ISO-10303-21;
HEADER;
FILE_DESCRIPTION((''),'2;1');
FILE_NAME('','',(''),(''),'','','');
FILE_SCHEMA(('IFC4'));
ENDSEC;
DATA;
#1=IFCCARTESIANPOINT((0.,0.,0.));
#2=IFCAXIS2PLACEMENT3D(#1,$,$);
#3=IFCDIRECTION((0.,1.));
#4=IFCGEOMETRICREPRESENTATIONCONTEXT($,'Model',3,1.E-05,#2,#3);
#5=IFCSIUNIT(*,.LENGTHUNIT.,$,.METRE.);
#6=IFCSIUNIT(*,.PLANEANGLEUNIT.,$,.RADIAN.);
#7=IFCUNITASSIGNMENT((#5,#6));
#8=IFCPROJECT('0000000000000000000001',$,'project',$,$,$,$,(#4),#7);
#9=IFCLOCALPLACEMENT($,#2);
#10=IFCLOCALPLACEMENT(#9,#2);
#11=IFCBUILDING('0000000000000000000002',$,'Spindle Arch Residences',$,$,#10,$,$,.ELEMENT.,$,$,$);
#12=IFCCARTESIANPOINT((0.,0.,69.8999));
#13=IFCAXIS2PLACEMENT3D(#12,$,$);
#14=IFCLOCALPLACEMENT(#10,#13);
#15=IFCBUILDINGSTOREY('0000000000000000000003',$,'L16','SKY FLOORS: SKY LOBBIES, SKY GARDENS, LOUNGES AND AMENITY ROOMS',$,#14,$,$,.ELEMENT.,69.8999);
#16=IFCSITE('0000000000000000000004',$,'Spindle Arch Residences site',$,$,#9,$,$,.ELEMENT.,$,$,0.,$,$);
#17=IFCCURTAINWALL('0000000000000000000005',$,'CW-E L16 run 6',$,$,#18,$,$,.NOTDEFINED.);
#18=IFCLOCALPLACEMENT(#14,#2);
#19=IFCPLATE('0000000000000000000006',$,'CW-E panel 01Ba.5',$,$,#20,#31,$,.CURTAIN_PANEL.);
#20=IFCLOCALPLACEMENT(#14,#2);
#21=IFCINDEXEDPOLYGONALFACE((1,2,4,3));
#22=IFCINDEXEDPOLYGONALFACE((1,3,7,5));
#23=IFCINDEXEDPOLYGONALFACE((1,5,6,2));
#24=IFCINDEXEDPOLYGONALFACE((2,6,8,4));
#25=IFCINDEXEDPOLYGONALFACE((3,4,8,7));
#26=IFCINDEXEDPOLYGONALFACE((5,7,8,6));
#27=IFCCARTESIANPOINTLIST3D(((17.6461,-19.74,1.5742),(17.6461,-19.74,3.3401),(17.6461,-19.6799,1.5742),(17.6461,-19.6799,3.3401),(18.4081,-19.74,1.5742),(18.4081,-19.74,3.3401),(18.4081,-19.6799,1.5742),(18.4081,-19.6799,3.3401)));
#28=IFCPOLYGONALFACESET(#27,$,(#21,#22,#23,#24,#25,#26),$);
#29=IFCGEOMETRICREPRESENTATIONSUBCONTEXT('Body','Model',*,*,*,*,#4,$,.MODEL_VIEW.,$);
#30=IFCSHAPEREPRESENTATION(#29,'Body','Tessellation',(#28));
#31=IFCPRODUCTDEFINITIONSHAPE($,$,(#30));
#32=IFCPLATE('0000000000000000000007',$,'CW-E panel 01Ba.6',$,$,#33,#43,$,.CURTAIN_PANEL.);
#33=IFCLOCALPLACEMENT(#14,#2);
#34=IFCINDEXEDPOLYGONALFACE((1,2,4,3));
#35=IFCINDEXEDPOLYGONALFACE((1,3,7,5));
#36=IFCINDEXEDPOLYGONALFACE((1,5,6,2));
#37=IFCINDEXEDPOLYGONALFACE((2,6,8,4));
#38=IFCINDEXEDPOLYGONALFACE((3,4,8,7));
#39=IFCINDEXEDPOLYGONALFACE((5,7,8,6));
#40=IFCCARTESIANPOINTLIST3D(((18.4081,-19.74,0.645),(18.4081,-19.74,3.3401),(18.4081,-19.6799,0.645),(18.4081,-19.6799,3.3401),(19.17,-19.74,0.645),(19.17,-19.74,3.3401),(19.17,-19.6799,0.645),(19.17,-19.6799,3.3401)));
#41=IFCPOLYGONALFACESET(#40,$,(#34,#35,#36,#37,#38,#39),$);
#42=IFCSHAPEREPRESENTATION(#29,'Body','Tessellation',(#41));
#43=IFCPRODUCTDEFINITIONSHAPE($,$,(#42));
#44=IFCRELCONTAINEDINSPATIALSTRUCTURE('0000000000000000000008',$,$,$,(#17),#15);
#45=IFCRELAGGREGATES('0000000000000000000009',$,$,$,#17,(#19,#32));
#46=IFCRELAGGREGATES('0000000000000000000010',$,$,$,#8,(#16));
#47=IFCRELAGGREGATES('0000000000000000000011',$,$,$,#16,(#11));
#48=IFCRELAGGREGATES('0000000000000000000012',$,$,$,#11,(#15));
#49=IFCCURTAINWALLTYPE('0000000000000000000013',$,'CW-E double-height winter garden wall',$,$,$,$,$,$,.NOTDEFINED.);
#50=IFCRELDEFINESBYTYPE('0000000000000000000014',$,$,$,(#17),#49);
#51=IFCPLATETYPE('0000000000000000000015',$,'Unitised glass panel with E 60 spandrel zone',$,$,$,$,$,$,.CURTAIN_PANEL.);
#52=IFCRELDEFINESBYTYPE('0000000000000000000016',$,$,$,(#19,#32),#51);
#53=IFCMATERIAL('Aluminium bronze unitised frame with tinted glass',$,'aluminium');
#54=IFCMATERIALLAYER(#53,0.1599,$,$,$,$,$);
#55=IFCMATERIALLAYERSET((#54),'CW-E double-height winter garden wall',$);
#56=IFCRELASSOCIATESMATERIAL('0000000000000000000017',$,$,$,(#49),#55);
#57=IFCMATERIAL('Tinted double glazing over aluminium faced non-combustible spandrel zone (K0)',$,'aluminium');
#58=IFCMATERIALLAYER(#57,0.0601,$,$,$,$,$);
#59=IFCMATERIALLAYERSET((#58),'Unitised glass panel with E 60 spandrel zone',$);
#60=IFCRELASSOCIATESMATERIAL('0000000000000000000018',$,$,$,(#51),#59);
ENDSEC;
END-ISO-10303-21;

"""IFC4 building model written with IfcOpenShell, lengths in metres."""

from ifc_helpers import new_model, si_unit, direction, frame, origin, origin_2d, place, context, subcontext, project, spatial, rectangle, extrude, material, layer, layer_set, type_object, element, aggregate, save


model = new_model("IFC4")

# Units and contexts
model_context = context("Model", 3, precision=1e-05, world=origin(), true_north=direction((0.0, 1.0)))
body_context = subcontext(model_context, "Body", "Model", "MODEL_VIEW")
ifc_project = project(units=[si_unit("LENGTHUNIT", "METRE"), si_unit("PLANEANGLEUNIT", "RADIAN")], contexts=[model_context])

# Site, building, storey
site_placement = place(None, origin())
site = spatial("IfcSite", under=ifc_project, at=site_placement, Name="Spindle Arch Residences site", CompositionType="ELEMENT", RefElevation=0.0)
building_placement = place(site_placement, origin())
building = spatial("IfcBuilding", under=site, at=building_placement, Name="Spindle Arch Residences", CompositionType="ELEMENT")
storey_placement = place(building_placement, frame((0.0, 0.0, 69.8999)))
storey = spatial("IfcBuildingStorey", under=building, at=storey_placement, Name="L16", Description="SKY FLOORS: SKY LOBBIES, SKY GARDENS, LOUNGES AND AMENITY ROOMS", CompositionType="ELEMENT", Elevation=69.8999)

# Shared definitions
ifc_material_1 = material(Name="Aluminium bronze unitised frame with tinted glass", Category="aluminium")
ifc_layer_1 = layer(ifc_material_1, 0.1599)
ifc_layer_set_1 = layer_set([ifc_layer_1], Name="CW-E double-height winter garden wall")
curtain_wall_type = type_object("IfcCurtainWallType", Name="CW-E double-height winter garden wall", PredefinedType="NOTDEFINED", material=ifc_layer_set_1)

# Curtain wall
curtain_wall_1_placement = place(storey_placement, origin())
curtain_wall_1 = element("IfcCurtainWall", 1, at=curtain_wall_1_placement, inside=storey, type_object=curtain_wall_type, Name="CW-E L16 run 6", PredefinedType="NOTDEFINED")

# Plates
ifc_material_2 = material(Name="Tinted double glazing over aluminium faced non-combustible spandrel zone (K0)", Category="aluminium")
ifc_layer_2 = layer(ifc_material_2, 0.0601)
ifc_layer_set_2 = layer_set([ifc_layer_2], Name="Unitised glass panel with E 60 spandrel zone")
plate_type_1 = type_object("IfcPlateType", Name="Unitised glass panel with E 60 spandrel zone", PredefinedType="CURTAIN_PANEL", material=ifc_layer_set_2)
plate_1_placement = place(storey_placement, frame((18.0271, -19.71, 1.5742), z_axis=(0.0, 0.0, 1.0), x_axis=(1.0, 0.0, 0.0)))
plate_1 = element("IfcPlate", 2, at=plate_1_placement, type_object=plate_type_1, Name="CW-E panel 01Ba.5", PredefinedType="CURTAIN_PANEL", context=body_context, shape_type="SweptSolid", body=[
    extrude(rectangle(XDim=0.762, YDim=0.0601, at=origin_2d()), origin(), (0.0, 0.0, 1.0), 1.7659),
])
plate_2_placement = place(storey_placement, frame((18.7891, -19.71, 0.645), z_axis=(0.0, 0.0, 1.0), x_axis=(1.0, 0.0, 0.0)))
plate_2 = element("IfcPlate", 3, at=plate_2_placement, type_object=plate_type_1, Name="CW-E panel 01Ba.6", PredefinedType="CURTAIN_PANEL", context=body_context, shape_type="SweptSolid", body=[
    extrude(rectangle(XDim=0.762, YDim=0.0601, at=origin_2d()), origin(), (0.0, 0.0, 1.0), 2.6951),
])
aggregate(curtain_wall_1, [plate_1, plate_2])

save(model, "model.ifc")
